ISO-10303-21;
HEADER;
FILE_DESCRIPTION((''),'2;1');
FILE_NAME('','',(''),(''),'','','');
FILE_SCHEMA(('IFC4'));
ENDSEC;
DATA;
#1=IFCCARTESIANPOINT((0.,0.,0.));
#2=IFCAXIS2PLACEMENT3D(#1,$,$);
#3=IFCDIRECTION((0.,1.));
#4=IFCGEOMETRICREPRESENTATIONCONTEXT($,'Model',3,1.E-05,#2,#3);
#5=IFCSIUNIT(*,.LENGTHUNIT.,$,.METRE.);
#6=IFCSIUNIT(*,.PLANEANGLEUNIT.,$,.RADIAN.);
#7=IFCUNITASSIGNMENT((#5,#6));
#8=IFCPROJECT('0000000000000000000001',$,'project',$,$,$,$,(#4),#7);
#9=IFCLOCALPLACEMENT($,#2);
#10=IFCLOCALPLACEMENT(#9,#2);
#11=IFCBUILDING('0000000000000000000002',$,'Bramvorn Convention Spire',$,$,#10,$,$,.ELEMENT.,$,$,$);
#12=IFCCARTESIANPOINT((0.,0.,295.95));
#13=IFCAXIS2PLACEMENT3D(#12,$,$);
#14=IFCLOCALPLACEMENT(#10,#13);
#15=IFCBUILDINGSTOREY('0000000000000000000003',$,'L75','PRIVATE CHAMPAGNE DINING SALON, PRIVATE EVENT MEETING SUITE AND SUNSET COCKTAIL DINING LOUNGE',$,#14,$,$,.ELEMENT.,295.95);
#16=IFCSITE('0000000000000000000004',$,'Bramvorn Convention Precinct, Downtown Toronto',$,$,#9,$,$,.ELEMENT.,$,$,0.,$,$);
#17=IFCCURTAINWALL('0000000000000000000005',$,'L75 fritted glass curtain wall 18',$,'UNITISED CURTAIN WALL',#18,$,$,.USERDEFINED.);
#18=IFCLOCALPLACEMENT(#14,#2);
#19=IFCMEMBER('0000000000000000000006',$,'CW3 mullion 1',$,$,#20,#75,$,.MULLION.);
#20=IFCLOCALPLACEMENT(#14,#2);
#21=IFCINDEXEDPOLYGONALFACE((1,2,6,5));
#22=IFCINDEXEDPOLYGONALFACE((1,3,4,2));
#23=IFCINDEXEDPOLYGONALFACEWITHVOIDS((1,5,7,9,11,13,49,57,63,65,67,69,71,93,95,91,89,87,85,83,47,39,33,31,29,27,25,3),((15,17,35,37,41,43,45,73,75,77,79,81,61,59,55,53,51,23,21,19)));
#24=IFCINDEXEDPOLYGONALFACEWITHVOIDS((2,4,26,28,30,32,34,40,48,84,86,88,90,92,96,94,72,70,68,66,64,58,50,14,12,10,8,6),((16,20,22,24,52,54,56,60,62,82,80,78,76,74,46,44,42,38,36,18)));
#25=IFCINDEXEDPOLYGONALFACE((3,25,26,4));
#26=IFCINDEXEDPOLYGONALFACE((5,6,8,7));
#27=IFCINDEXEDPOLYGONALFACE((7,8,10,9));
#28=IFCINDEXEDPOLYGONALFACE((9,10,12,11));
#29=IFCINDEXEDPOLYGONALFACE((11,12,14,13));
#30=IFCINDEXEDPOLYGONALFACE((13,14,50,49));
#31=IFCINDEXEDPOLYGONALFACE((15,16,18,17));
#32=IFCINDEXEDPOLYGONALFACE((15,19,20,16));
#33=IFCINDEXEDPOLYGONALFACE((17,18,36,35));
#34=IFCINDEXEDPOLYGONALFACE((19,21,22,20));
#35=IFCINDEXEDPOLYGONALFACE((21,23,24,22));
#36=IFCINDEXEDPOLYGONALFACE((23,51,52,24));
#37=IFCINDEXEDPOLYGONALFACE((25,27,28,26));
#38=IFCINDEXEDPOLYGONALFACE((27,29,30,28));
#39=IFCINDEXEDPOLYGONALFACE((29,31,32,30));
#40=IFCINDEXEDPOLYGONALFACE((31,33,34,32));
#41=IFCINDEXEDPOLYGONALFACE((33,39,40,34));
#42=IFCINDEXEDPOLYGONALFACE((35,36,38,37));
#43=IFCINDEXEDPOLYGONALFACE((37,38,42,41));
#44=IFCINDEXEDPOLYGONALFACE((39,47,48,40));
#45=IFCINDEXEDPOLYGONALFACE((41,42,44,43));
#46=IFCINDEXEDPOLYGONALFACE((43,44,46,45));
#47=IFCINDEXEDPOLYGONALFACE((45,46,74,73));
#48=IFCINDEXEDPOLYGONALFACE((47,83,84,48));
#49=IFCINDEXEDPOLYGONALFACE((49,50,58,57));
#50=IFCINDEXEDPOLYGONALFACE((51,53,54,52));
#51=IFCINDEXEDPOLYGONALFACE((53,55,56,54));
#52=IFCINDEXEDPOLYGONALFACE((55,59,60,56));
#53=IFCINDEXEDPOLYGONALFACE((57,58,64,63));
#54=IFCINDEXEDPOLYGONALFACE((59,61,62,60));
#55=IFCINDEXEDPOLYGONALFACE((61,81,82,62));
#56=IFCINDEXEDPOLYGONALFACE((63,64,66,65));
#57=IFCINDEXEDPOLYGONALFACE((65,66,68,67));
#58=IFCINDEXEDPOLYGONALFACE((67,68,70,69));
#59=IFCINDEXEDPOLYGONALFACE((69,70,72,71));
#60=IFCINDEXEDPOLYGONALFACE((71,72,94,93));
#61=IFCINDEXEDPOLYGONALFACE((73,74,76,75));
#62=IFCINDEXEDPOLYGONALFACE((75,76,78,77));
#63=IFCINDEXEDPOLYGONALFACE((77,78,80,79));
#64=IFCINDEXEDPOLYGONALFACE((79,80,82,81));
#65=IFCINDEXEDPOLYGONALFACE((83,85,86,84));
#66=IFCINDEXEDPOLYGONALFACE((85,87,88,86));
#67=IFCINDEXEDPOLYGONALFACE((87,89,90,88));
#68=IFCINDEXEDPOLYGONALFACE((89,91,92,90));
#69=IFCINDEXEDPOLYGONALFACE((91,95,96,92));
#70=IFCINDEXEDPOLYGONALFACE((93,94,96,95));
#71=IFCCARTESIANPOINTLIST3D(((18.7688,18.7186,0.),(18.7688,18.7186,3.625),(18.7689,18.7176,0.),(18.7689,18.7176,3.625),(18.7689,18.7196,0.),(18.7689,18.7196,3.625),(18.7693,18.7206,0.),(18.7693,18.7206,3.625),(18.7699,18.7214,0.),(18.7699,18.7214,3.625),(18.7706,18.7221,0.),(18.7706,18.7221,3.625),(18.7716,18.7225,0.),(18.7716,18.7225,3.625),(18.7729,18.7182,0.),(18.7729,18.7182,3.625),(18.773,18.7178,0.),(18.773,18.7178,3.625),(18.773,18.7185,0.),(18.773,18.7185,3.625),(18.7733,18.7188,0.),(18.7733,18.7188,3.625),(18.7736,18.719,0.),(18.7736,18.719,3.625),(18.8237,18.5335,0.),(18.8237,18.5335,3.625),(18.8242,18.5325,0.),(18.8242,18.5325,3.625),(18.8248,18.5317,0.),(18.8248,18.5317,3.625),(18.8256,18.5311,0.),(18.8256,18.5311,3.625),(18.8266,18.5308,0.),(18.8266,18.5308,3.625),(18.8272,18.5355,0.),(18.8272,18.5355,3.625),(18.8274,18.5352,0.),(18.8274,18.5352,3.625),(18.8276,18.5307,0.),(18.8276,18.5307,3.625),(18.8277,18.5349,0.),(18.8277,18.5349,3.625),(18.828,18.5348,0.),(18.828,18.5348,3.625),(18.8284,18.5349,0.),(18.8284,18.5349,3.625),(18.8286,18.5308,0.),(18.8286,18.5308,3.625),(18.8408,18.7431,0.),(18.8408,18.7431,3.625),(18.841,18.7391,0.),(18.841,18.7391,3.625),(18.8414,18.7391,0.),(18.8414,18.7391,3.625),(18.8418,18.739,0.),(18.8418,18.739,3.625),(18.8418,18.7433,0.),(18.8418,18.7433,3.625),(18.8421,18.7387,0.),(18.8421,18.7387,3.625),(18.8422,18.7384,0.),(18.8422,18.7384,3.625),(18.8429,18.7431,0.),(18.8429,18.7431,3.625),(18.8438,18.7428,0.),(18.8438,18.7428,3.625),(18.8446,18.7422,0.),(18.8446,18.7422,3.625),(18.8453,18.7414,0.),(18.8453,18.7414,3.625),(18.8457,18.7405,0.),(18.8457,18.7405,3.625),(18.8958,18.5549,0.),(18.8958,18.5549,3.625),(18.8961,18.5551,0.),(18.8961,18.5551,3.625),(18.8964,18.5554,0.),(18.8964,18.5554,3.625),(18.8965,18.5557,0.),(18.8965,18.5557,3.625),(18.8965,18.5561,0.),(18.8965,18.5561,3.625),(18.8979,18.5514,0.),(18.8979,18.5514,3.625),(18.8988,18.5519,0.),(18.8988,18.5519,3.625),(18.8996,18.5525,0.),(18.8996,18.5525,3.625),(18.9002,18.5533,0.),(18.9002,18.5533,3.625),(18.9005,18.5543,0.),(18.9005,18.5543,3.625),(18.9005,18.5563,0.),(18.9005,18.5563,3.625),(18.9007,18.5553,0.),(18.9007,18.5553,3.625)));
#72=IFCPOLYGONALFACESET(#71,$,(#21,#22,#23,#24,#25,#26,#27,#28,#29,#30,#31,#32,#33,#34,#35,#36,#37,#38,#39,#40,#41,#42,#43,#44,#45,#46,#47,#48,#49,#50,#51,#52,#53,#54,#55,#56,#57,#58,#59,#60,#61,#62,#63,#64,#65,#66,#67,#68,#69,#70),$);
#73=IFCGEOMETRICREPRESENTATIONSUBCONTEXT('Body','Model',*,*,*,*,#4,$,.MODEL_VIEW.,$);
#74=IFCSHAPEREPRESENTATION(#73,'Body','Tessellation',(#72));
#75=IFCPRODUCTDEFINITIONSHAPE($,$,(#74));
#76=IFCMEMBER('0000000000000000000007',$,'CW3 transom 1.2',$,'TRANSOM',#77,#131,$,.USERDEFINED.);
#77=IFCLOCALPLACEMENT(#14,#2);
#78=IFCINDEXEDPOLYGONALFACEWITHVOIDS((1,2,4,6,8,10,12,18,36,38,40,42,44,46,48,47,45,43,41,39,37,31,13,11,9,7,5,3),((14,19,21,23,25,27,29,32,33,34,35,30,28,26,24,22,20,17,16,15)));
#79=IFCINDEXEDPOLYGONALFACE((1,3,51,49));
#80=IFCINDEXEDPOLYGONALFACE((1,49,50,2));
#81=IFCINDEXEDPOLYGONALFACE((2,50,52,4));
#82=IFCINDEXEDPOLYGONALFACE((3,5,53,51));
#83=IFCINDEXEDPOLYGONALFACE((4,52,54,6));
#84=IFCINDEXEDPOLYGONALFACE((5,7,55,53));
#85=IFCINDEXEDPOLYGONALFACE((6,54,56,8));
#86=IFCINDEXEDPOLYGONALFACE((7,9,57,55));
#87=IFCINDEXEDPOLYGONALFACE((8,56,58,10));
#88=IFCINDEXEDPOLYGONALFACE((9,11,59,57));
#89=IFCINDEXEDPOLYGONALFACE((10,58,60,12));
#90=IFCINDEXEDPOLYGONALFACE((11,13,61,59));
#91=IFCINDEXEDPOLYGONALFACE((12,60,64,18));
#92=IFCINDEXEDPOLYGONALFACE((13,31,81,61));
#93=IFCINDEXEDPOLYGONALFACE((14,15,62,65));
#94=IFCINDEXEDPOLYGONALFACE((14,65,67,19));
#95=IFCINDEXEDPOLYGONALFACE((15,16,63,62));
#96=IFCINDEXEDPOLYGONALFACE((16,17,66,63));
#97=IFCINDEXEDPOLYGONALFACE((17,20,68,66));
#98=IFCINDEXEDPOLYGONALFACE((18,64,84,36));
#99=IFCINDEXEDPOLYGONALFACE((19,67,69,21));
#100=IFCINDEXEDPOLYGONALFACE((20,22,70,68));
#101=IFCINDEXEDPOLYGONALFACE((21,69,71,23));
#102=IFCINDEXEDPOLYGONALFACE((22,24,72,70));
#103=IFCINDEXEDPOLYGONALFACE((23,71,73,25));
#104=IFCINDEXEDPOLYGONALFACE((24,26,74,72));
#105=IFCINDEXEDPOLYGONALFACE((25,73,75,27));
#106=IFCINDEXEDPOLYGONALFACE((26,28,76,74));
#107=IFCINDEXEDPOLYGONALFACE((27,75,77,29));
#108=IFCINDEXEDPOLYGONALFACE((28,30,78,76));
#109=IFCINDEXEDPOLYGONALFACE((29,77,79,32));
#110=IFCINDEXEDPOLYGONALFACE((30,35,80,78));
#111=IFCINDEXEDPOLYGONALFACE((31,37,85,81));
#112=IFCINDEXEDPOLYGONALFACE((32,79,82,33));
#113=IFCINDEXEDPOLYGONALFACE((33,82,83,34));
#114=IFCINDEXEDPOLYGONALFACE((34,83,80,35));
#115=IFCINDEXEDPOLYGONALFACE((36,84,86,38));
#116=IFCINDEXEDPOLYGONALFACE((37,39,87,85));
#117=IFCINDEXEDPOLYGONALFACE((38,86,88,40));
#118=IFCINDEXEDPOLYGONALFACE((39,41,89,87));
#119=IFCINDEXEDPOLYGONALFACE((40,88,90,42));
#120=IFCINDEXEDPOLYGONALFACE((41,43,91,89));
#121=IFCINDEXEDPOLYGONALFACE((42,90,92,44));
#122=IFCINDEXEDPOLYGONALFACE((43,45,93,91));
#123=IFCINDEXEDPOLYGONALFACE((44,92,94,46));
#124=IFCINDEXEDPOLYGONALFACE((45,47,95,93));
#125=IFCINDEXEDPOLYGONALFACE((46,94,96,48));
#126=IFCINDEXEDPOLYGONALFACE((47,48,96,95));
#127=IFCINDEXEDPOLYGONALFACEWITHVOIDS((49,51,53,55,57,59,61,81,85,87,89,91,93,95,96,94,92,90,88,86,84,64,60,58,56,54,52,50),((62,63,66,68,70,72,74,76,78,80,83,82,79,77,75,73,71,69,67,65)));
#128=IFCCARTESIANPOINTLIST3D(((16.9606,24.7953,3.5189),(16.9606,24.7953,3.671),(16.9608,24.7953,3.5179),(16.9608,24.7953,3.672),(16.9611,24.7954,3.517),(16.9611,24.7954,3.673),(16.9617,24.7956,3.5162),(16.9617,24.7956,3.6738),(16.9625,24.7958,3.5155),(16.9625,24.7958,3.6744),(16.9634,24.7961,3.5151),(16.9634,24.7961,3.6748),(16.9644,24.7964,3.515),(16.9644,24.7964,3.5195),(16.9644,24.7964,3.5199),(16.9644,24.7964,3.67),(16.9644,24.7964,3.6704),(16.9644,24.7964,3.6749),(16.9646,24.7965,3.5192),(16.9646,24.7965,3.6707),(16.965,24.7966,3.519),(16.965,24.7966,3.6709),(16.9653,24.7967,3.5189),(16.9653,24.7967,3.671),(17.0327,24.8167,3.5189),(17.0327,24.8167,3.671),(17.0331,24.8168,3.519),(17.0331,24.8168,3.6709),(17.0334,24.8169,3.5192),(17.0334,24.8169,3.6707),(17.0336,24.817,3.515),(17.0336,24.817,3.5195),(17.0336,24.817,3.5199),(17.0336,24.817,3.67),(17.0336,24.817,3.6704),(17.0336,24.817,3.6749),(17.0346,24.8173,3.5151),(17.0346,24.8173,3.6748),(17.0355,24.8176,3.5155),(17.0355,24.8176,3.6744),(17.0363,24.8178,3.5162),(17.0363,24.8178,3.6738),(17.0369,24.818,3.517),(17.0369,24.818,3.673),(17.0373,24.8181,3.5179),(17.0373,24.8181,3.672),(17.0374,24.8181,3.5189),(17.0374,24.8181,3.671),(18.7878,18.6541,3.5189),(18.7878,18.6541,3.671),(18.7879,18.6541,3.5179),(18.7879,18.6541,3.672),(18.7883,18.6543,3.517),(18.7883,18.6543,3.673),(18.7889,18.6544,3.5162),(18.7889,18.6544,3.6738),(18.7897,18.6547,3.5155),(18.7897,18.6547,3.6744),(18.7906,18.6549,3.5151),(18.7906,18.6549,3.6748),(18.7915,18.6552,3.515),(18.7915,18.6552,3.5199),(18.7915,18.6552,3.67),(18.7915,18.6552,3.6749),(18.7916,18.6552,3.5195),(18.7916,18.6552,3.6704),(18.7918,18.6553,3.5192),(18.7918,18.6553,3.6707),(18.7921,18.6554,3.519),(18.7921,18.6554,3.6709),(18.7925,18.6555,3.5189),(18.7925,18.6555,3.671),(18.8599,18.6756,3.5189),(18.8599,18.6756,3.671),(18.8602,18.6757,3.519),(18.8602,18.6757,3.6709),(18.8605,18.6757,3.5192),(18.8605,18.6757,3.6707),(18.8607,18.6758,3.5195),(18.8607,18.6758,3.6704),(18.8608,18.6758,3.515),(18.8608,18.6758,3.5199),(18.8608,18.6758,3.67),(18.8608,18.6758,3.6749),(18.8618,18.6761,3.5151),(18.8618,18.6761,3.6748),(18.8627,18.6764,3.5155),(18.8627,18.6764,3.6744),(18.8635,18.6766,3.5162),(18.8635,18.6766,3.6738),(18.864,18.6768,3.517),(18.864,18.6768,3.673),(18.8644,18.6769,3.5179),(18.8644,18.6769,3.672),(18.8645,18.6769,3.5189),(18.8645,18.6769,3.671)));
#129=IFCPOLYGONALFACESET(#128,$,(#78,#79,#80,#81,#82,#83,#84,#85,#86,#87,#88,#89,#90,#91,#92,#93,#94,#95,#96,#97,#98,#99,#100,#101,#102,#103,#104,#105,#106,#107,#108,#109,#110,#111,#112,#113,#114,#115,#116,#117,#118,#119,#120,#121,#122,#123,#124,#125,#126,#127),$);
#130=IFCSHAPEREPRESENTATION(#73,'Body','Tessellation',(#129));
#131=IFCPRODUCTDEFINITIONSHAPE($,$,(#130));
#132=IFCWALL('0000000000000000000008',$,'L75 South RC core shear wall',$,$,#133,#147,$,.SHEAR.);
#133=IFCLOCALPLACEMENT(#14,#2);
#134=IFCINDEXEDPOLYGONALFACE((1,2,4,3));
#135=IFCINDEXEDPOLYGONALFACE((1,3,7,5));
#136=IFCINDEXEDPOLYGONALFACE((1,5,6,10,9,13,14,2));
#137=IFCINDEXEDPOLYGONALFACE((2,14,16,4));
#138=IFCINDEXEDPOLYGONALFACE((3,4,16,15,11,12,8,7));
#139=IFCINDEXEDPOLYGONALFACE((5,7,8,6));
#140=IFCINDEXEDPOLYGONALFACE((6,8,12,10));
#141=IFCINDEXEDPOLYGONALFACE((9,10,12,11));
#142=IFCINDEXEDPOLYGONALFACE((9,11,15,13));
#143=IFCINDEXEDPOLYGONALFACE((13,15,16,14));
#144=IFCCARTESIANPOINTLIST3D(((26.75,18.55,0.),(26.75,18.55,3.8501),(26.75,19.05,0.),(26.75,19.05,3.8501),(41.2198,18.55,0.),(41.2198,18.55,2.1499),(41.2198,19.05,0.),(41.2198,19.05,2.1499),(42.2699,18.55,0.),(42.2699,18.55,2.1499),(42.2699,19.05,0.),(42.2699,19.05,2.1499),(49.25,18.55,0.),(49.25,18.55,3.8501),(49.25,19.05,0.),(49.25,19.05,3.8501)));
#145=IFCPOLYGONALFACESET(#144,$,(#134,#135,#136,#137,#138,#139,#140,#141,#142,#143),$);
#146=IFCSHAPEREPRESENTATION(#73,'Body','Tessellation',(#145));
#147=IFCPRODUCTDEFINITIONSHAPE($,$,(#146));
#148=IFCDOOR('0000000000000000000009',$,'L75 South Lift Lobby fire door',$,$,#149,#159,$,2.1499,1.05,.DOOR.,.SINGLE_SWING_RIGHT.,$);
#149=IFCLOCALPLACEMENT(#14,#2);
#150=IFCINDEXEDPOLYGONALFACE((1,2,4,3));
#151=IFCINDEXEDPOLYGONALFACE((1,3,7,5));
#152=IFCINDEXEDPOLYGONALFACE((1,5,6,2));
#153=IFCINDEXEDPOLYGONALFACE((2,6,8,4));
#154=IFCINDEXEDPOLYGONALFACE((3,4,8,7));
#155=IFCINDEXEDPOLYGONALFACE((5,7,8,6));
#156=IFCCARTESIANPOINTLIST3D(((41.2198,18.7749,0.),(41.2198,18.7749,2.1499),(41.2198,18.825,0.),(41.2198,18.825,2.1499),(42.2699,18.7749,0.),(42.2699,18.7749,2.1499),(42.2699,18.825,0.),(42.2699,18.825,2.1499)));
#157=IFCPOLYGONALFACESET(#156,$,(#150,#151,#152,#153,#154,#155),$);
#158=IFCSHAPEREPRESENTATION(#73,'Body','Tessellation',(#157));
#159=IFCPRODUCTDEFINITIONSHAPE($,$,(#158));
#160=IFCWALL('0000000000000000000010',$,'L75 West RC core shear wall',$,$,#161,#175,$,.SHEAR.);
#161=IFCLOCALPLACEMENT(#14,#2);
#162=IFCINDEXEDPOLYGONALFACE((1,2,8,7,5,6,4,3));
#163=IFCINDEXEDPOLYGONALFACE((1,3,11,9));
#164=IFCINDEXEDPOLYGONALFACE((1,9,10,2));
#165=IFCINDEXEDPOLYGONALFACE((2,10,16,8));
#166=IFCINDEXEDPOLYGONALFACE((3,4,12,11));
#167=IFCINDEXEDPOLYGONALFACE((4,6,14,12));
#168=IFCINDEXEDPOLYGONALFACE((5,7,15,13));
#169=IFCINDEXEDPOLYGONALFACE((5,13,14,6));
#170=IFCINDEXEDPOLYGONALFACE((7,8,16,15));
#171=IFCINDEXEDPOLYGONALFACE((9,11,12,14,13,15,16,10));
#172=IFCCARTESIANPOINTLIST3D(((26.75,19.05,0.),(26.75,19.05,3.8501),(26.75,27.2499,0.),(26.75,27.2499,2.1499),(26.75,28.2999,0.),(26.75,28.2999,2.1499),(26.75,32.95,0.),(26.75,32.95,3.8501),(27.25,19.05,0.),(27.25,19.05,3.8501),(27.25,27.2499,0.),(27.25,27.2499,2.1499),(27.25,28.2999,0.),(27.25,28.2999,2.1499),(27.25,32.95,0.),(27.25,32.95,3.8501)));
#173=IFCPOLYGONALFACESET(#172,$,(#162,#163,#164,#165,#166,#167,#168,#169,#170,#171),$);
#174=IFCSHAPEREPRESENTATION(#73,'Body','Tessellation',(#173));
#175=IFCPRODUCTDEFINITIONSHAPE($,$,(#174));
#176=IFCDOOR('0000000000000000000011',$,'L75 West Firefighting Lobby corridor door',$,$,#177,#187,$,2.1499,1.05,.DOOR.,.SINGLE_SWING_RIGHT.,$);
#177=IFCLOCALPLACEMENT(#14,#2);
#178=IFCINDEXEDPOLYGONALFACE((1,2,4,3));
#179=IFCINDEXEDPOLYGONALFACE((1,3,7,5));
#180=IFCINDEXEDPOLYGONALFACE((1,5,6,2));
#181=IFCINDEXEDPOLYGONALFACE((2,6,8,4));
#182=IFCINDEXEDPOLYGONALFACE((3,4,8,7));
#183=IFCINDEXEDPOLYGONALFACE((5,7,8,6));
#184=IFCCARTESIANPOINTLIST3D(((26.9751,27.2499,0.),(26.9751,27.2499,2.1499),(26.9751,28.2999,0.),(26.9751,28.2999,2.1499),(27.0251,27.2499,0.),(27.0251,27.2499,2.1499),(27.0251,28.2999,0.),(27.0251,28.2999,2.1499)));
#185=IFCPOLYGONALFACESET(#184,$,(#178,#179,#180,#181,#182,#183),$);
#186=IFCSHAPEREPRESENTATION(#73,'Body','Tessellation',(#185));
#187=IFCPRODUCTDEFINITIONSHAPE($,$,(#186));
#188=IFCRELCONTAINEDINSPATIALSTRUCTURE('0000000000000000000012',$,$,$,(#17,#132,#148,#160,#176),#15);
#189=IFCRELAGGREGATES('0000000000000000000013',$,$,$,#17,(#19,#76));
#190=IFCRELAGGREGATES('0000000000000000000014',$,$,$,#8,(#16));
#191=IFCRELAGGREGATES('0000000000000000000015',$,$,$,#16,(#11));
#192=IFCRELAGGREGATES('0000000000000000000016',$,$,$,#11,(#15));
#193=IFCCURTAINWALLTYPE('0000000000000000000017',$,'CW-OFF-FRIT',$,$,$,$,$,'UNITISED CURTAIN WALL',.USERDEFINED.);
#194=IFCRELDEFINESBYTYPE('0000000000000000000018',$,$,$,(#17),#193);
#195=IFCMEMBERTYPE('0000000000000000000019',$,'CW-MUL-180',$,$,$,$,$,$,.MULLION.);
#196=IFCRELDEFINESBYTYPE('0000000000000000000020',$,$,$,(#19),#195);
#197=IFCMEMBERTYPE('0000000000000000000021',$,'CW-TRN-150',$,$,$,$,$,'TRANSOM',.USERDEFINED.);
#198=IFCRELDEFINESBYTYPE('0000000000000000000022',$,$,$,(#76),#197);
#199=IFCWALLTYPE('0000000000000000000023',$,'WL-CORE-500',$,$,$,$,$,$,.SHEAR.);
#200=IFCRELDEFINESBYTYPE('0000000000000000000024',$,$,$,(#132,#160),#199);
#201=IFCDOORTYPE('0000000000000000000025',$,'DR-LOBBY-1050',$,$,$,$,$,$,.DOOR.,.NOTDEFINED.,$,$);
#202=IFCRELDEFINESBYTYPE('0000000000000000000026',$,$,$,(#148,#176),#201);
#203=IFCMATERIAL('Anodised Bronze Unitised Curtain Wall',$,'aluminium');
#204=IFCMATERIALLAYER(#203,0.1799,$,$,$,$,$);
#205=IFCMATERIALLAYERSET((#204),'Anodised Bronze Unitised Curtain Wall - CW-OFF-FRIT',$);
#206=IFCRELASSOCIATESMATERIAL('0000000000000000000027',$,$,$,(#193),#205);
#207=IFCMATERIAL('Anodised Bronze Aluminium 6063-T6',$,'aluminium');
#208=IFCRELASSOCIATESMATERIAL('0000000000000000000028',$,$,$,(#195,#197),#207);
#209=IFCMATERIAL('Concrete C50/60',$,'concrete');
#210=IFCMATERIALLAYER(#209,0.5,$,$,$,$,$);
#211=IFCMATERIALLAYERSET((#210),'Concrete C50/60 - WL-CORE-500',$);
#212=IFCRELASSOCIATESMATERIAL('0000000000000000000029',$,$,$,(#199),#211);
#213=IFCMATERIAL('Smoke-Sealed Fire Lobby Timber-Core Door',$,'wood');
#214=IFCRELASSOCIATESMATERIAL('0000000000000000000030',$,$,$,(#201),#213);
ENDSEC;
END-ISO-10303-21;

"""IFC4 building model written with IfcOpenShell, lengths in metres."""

from ifc_helpers import new_model, si_unit, direction, frame, frame_2d, origin, origin_2d, place, context, subcontext, project, spatial, rectangle, hollow_rectangle, extrude, material, layer, layer_set, material_profile, profile_set, type_object, element, fill, aggregate, save


model = new_model("IFC4")

# Units and contexts
model_context = context("Model", 3, precision=1e-05, world=origin(), true_north=direction((0.0, 1.0)))
body_context = subcontext(model_context, "Body", "Model", "MODEL_VIEW")
ifc_project = project(units=[si_unit("LENGTHUNIT", "METRE"), si_unit("PLANEANGLEUNIT", "RADIAN")], contexts=[model_context])

# Site, building, storey
site_placement = place(None, origin())
site = spatial("IfcSite", under=ifc_project, at=site_placement, Name="Bramvorn Convention Precinct, Downtown Toronto", CompositionType="ELEMENT", RefElevation=0.0)
building_placement = place(site_placement, origin())
building = spatial("IfcBuilding", under=site, at=building_placement, Name="Bramvorn Convention Spire", CompositionType="ELEMENT")
storey_placement = place(building_placement, frame((0.0, 0.0, 295.95)))
storey = spatial("IfcBuildingStorey", under=building, at=storey_placement, Name="L75", Description="PRIVATE CHAMPAGNE DINING SALON, PRIVATE EVENT MEETING SUITE AND SUNSET COCKTAIL DINING LOUNGE", CompositionType="ELEMENT", Elevation=295.95)

# Curtain wall, members
ifc_material_1 = material(Name="Anodised Bronze Unitised Curtain Wall", Category="aluminium")
ifc_layer_1 = layer(ifc_material_1, 0.1799)
ifc_layer_set_1 = layer_set([ifc_layer_1], Name="Anodised Bronze Unitised Curtain Wall - CW-OFF-FRIT")
curtain_wall_type = type_object("IfcCurtainWallType", Name="CW-OFF-FRIT", ElementType="UNITISED CURTAIN WALL", PredefinedType="USERDEFINED", material=ifc_layer_set_1)
curtain_wall_placement = place(storey_placement, origin())
curtain_wall = element("IfcCurtainWall", 1, at=curtain_wall_placement, inside=storey, type_object=curtain_wall_type, Name="L75 fritted glass curtain wall 18", ObjectType="UNITISED CURTAIN WALL", PredefinedType="USERDEFINED")
ifc_material_2 = material(Name="Anodised Bronze Aluminium 6063-T6", Category="aluminium")
ifc_material_profile_1 = material_profile(ifc_material_2, hollow_rectangle(XDim=0.0801, YDim=0.2, WallThickness=0.0039, InnerFilletRadius=0.001, OuterFilletRadius=0.0039, at=origin_2d()))
ifc_profile_set_1 = profile_set([ifc_material_profile_1], Name="Anodised Bronze Aluminium 6063-T6 - CWM80X200")
member_type_1 = type_object("IfcMemberType", Name="CW-MUL-180", PredefinedType="MULLION", material=ifc_profile_set_1)
member_1_placement = place(storey_placement, frame((18.8347, 18.637, 0.0), z_axis=(0.0, 0.0, 1.0), x_axis=(-0.958477, -0.285168, 0.0)))
member_1 = element("IfcMember", 2, at=member_1_placement, type_object=member_type_1, Name="CW3 mullion 1", PredefinedType="MULLION", context=body_context, shape_type="SweptSolid", body=[
    extrude(hollow_rectangle(XDim=0.0801, YDim=0.2, WallThickness=0.0039, InnerFilletRadius=0.001, OuterFilletRadius=0.0039, at=origin_2d()), origin(), (0.0, 0.0, 1.0), 3.625),
])
ifc_material_profile_2 = material_profile(ifc_material_2, hollow_rectangle(XDim=0.0801, YDim=0.1599, WallThickness=0.0039, InnerFilletRadius=0.001, OuterFilletRadius=0.0039, at=origin_2d()))
ifc_profile_set_2 = profile_set([ifc_material_profile_2], Name="Anodised Bronze Aluminium 6063-T6 - CWT80X160")
member_type_2 = type_object("IfcMemberType", Name="CW-TRN-150", ElementType="TRANSOM", PredefinedType="USERDEFINED", material=ifc_profile_set_2)
member_2_placement = place(storey_placement, frame((18.8262, 18.6655, 3.595), z_axis=(-0.285173, 0.958476, 0.0), x_axis=(-0.958476, -0.285173, 0.0)))
member_2 = element("IfcMember", 3, at=member_2_placement, type_object=member_type_2, Name="CW3 transom 1.2", ObjectType="TRANSOM", PredefinedType="USERDEFINED", context=body_context, shape_type="SweptSolid", body=[
    extrude(hollow_rectangle(XDim=0.0801, YDim=0.1599, WallThickness=0.0039, InnerFilletRadius=0.001, OuterFilletRadius=0.0039, at=origin_2d()), origin(), (0.0, 0.0, 1.0), 6.4072),
])
aggregate(curtain_wall, [member_1, member_2])

# Walls, openings, doors
ifc_material_3 = material(Name="Concrete C50/60", Category="concrete")
ifc_layer_2 = layer(ifc_material_3, 0.5)
ifc_layer_set_2 = layer_set([ifc_layer_2], Name="Concrete C50/60 - WL-CORE-500")
wall_type_1 = type_object("IfcWallType", Name="WL-CORE-500", PredefinedType="SHEAR", material=ifc_layer_set_2)
wall_1_placement = place(storey_placement, frame((26.75, 18.8, 0.0), z_axis=(0.0, 0.0, 1.0), x_axis=(1.0, 0.0, 0.0)))
wall_1 = element("IfcWall", 4, at=wall_1_placement, inside=storey, type_object=wall_type_1, Name="L75 South RC core shear wall", PredefinedType="SHEAR", context=body_context, shape_type="SweptSolid", body=[
    extrude(rectangle(XDim=22.5, YDim=0.5, at=frame_2d((11.25, 0.0))), origin(), (0.0, 0.0, 1.0), 3.8501),
])
opening_1_placement = place(wall_1_placement, frame((14.47, 0.0, 0.0)))
opening_1 = element("IfcOpeningElement", 5, at=opening_1_placement, cuts=wall_1, PredefinedType="OPENING", context=body_context, shape_type="SweptSolid", body=[
    extrude(rectangle(XDim=1.05, YDim=2.1499, at=frame_2d((0.5249, 1.075))), frame((0.0, 0.26, 0.0), z_axis=(0.0, -1.0, 0.0), x_axis=(1.0, 0.0, 0.0)), (0.0, 0.0, 1.0), 0.52),
])
ifc_material_4 = material(Name="Smoke-Sealed Fire Lobby Timber-Core Door", Category="wood")
door_type_1 = type_object("IfcDoorType", Name="DR-LOBBY-1050", OperationType="NOTDEFINED", PredefinedType="DOOR", material=ifc_material_4)
door_1_placement = place(opening_1_placement, origin())
door_1 = element("IfcDoor", 6, at=door_1_placement, inside=storey, type_object=door_type_1, Name="L75 South Lift Lobby fire door", OperationType="SINGLE_SWING_RIGHT", OverallHeight=2.1499, OverallWidth=1.05, PredefinedType="DOOR", context=body_context, shape_type="SweptSolid", body=[
    extrude(rectangle(XDim=1.05, YDim=2.1499, at=frame_2d((0.5249, 1.075))), frame((0.0, 0.0249, 0.0), z_axis=(0.0, -1.0, 0.0), x_axis=(1.0, 0.0, 0.0)), (0.0, 0.0, 1.0), 0.05),
])
fill(opening_1, door_1)
wall_2_placement = place(storey_placement, frame((27.0, 19.05, 0.0), z_axis=(0.0, 0.0, 1.0), x_axis=(0.0, 1.0, 0.0)))
wall_2 = element("IfcWall", 7, at=wall_2_placement, inside=storey, type_object=wall_type_1, Name="L75 West RC core shear wall", PredefinedType="SHEAR", context=body_context, shape_type="SweptSolid", body=[
    extrude(rectangle(XDim=13.8999, YDim=0.5, at=frame_2d((6.95, 0.0))), origin(), (0.0, 0.0, 1.0), 3.8501),
])
opening_2_placement = place(wall_2_placement, frame((8.2, 0.0, 0.0)))
opening_2 = element("IfcOpeningElement", 8, at=opening_2_placement, cuts=wall_2, PredefinedType="OPENING", context=body_context, shape_type="SweptSolid", body=[
    extrude(rectangle(XDim=1.05, YDim=2.1499, at=frame_2d((0.5249, 1.075))), frame((0.0, 0.26, 0.0), z_axis=(0.0, -1.0, 0.0), x_axis=(1.0, 0.0, 0.0)), (0.0, 0.0, 1.0), 0.52),
])
door_2_placement = place(opening_2_placement, origin())
door_2 = element("IfcDoor", 9, at=door_2_placement, inside=storey, type_object=door_type_1, Name="L75 West Firefighting Lobby corridor door", OperationType="SINGLE_SWING_RIGHT", OverallHeight=2.1499, OverallWidth=1.05, PredefinedType="DOOR", context=body_context, shape_type="SweptSolid", body=[
    extrude(rectangle(XDim=1.05, YDim=2.1499, at=frame_2d((0.5249, 1.075))), frame((0.0, 0.0249, 0.0), z_axis=(0.0, -1.0, 0.0), x_axis=(1.0, 0.0, 0.0)), (0.0, 0.0, 1.0), 0.05),
])
fill(opening_2, door_2)

save(model, "model.ifc")
